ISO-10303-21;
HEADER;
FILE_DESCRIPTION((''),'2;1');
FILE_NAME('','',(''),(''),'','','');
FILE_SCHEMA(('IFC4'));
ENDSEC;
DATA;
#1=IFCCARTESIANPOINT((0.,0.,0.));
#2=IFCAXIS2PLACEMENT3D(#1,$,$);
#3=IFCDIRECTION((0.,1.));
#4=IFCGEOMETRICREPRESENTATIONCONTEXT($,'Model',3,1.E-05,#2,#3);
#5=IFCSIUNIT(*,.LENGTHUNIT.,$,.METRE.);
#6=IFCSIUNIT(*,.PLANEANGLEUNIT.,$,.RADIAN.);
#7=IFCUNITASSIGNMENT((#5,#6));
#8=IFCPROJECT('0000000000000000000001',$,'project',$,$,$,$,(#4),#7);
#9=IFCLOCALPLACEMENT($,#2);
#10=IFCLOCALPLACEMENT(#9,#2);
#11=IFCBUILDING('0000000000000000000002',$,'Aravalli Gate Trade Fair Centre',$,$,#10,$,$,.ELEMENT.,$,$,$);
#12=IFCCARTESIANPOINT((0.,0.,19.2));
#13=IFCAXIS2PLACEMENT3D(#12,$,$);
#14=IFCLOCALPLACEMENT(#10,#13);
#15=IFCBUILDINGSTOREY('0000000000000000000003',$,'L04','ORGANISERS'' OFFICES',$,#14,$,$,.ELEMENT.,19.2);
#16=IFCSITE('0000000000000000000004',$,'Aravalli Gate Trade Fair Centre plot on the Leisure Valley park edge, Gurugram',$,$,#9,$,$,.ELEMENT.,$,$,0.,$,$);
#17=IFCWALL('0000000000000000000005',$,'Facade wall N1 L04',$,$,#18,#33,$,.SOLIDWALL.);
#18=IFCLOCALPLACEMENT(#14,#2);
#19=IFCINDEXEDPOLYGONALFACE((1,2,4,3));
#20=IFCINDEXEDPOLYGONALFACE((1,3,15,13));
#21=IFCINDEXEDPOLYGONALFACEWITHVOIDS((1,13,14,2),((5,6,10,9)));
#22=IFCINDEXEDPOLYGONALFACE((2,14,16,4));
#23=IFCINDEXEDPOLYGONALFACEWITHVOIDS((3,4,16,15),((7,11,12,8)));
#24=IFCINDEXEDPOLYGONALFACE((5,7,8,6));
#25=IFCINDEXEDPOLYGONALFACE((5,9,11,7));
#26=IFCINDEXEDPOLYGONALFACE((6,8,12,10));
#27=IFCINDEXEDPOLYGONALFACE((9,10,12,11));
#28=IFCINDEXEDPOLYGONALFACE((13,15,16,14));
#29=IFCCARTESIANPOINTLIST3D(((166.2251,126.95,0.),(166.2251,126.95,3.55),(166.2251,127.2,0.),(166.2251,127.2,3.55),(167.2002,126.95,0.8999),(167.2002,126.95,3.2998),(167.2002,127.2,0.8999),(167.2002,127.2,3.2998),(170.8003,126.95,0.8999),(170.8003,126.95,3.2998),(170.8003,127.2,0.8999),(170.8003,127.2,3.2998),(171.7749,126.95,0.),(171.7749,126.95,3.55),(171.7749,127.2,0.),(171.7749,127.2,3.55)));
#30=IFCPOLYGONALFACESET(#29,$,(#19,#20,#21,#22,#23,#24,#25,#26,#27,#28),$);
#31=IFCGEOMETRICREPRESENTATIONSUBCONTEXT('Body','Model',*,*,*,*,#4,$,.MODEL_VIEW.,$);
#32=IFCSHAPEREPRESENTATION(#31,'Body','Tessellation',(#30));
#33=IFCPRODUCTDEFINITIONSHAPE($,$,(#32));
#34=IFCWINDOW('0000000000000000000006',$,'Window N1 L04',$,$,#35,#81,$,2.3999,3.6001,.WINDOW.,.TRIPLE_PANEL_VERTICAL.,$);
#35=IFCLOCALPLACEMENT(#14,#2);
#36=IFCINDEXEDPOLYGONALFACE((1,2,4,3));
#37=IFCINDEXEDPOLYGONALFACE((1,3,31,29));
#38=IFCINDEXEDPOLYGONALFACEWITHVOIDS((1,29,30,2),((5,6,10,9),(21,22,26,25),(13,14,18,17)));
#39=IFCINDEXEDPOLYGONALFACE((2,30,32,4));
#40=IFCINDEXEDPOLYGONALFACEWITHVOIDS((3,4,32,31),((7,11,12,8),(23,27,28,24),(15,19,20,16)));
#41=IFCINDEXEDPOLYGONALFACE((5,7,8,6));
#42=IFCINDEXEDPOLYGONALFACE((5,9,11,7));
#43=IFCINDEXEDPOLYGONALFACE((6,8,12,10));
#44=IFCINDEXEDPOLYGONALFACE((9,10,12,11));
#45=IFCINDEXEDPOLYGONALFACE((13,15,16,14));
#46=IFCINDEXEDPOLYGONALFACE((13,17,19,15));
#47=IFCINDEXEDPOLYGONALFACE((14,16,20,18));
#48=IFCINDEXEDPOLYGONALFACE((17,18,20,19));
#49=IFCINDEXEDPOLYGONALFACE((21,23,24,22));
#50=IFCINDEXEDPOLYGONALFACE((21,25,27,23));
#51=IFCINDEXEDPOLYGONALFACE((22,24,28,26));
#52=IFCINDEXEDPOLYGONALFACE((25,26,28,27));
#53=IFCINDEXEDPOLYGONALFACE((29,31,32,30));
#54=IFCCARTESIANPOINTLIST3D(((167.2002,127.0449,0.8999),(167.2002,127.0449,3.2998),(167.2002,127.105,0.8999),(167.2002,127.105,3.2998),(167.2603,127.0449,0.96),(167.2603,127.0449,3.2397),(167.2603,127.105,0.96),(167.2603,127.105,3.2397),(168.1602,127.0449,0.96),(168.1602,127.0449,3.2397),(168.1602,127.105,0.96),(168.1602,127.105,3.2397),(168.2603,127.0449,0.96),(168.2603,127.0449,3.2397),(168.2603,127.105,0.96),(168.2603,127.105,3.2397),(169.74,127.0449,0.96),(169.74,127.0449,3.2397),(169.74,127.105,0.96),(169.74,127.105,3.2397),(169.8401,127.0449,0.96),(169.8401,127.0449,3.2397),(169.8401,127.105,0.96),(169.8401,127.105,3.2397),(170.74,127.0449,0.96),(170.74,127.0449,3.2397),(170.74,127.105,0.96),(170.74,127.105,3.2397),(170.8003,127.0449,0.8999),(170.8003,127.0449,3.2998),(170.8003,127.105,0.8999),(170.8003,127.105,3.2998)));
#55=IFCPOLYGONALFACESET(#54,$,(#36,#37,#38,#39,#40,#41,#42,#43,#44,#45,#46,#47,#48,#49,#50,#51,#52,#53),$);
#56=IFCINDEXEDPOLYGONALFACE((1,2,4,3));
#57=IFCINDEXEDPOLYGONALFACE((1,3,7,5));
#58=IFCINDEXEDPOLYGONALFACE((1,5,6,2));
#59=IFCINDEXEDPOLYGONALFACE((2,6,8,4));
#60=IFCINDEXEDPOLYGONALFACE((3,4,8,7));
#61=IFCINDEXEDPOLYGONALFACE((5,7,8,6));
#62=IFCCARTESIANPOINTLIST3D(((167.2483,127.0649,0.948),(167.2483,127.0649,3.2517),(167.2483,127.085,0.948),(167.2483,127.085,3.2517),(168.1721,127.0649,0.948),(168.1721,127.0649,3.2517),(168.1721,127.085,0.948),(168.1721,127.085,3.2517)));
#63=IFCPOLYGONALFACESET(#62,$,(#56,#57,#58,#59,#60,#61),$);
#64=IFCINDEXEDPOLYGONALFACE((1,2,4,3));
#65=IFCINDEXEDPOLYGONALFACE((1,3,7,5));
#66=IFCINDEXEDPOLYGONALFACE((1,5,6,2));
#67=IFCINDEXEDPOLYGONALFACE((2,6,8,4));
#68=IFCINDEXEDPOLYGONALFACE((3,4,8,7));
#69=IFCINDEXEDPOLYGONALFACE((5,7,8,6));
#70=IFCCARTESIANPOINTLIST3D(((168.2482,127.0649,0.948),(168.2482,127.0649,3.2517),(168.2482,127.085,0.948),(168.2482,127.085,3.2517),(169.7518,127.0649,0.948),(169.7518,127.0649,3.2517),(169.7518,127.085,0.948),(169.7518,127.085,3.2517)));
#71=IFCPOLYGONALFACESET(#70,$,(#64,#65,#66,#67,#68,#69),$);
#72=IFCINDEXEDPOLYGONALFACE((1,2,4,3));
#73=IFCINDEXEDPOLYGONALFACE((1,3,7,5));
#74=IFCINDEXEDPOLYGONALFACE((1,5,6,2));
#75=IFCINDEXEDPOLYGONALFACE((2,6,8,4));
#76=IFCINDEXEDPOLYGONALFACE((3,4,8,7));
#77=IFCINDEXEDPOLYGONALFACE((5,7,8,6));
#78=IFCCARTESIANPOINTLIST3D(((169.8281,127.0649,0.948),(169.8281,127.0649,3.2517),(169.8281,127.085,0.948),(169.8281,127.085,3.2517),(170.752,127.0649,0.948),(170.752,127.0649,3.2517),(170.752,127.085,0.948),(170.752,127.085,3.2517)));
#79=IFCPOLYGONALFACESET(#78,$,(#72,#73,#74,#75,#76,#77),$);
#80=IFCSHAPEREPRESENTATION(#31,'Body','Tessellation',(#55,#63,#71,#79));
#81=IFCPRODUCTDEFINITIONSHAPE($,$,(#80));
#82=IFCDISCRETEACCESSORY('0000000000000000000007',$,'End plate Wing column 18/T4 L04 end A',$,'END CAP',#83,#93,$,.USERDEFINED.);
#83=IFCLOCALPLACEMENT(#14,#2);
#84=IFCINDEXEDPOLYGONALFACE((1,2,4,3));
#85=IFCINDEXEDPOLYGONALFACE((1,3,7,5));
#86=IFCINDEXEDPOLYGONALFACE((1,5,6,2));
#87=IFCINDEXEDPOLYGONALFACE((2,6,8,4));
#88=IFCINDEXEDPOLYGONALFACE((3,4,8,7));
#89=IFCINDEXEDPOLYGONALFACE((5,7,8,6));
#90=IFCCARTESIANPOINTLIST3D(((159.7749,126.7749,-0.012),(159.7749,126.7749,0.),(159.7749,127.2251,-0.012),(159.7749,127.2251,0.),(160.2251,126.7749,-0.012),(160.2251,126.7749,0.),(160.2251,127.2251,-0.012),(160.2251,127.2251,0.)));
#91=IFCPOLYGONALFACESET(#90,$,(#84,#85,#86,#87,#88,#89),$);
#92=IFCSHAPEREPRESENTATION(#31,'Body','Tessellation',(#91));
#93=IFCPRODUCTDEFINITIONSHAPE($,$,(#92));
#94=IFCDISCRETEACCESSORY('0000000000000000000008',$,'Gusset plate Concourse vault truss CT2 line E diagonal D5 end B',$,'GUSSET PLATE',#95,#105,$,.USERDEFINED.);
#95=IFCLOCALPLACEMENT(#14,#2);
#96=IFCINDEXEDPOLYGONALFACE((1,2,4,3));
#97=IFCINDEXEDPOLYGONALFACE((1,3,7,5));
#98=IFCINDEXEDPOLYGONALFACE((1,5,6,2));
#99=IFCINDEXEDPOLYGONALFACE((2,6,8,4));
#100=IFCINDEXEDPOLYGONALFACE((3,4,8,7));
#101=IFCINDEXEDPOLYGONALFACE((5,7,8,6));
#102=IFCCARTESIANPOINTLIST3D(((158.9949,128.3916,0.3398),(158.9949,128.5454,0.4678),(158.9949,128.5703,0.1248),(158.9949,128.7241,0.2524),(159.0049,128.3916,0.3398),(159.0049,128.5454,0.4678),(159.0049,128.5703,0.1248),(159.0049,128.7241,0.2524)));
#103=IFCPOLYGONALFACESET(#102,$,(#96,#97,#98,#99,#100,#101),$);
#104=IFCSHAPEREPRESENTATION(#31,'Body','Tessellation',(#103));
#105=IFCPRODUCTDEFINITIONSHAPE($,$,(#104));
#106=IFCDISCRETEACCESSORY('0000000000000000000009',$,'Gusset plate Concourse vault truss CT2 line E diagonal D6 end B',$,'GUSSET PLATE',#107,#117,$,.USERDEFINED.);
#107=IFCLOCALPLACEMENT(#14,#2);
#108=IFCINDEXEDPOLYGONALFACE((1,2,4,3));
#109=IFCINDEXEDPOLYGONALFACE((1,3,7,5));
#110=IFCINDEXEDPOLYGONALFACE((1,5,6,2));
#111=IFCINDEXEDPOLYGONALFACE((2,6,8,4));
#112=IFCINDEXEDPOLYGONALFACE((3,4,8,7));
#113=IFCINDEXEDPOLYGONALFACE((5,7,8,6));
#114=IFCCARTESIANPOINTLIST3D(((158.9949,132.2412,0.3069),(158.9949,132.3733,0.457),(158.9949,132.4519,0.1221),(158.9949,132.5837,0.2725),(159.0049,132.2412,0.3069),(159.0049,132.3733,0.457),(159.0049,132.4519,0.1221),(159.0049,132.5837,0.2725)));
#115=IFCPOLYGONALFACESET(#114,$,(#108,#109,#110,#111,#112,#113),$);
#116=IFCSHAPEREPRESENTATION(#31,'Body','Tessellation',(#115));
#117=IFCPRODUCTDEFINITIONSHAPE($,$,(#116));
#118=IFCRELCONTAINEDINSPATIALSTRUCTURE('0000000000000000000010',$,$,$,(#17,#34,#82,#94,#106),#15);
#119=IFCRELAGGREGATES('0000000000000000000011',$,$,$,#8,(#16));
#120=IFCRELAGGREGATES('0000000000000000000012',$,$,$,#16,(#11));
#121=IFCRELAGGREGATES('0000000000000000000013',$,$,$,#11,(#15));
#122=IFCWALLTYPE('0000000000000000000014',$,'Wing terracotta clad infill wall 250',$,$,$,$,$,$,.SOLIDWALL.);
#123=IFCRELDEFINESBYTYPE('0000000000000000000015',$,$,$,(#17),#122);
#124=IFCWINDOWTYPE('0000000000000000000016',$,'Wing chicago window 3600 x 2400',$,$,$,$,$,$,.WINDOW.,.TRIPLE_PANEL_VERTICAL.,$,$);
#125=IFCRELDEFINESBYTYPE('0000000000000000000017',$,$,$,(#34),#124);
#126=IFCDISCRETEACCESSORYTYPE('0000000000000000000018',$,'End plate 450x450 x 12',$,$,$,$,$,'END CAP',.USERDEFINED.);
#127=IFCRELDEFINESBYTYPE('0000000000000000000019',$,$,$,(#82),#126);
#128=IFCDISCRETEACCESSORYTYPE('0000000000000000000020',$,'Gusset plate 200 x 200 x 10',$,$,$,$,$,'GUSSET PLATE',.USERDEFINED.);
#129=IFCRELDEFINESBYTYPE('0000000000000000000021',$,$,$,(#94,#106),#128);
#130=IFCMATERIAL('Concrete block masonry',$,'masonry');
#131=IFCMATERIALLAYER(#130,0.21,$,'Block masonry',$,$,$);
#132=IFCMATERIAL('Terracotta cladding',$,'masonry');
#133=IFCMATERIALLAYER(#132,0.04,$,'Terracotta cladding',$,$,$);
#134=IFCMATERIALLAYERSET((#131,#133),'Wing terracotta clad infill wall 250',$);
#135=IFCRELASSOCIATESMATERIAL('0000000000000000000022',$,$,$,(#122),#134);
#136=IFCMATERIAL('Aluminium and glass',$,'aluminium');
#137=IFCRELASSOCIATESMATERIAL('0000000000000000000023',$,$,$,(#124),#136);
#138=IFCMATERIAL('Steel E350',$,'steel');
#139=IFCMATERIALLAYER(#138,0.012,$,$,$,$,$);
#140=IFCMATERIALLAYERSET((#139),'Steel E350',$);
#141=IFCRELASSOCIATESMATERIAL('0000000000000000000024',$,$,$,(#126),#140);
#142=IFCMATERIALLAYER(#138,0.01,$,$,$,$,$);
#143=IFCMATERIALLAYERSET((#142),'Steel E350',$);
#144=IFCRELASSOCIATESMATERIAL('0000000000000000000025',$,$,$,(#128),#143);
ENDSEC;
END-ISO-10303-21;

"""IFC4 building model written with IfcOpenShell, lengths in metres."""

from ifc_helpers import new_model, si_unit, direction, frame, frame_2d, origin, place, context, subcontext, project, spatial, polyline, rectangle, outline, extrude, material, layer, layer_set, type_object, element, fill, save


model = new_model("IFC4")

# Units and contexts
model_context = context("Model", 3, precision=1e-05, world=origin(), true_north=direction((0.0, 1.0)))
body_context = subcontext(model_context, "Body", "Model", "MODEL_VIEW")
ifc_project = project(units=[si_unit("LENGTHUNIT", "METRE"), si_unit("PLANEANGLEUNIT", "RADIAN")], contexts=[model_context])

# Site, building, storey
site_placement = place(None, origin())
site = spatial("IfcSite", under=ifc_project, at=site_placement, Name="Aravalli Gate Trade Fair Centre plot on the Leisure Valley park edge, Gurugram", CompositionType="ELEMENT", RefElevation=0.0)
building_placement = place(site_placement, origin())
building = spatial("IfcBuilding", under=site, at=building_placement, Name="Aravalli Gate Trade Fair Centre", CompositionType="ELEMENT")
storey_placement = place(building_placement, frame((0.0, 0.0, 19.2)))
storey = spatial("IfcBuildingStorey", under=building, at=storey_placement, Name="L04", Description="ORGANISERS' OFFICES", CompositionType="ELEMENT", Elevation=19.2)

# Shared definitions
ifc_material_1 = material(Name="Steel E350", Category="steel")

# Shared definitions
ifc_material_2 = material(Name="Aluminium and glass", Category="aluminium")

# Wall, opening, window
ifc_material_3 = material(Name="Concrete block masonry", Category="masonry")
ifc_layer_1 = layer(ifc_material_3, 0.21, Name="Block masonry")
ifc_material_4 = material(Name="Terracotta cladding", Category="masonry")
ifc_layer_2 = layer(ifc_material_4, 0.04, Name="Terracotta cladding")
ifc_layer_set_1 = layer_set([ifc_layer_1, ifc_layer_2], Name="Wing terracotta clad infill wall 250")
wall_type = type_object("IfcWallType", Name="Wing terracotta clad infill wall 250", PredefinedType="SOLIDWALL", material=ifc_layer_set_1)
window_type = type_object("IfcWindowType", Name="Wing chicago window 3600 x 2400", PartitioningType="TRIPLE_PANEL_VERTICAL", PredefinedType="WINDOW", material=ifc_material_2)
wall_1_placement = place(storey_placement, frame((166.2251, 127.075, 0.0), z_axis=(0.0, 0.0, 1.0), x_axis=(1.0, 0.0, 0.0)))
wall_1 = element("IfcWall", 1, at=wall_1_placement, inside=storey, type_object=wall_type, Name="Facade wall N1 L04", PredefinedType="SOLIDWALL", context=body_context, shape_type="SweptSolid", body=[
    extrude(rectangle(XDim=5.5498, YDim=0.25, at=frame_2d((2.7749, 0.0))), origin(), (0.0, 0.0, 1.0), 3.55),
])
opening_1_placement = place(wall_1_placement, frame((0.9751, 0.0, 0.8999)))
opening_1 = element("IfcOpeningElement", 2, at=opening_1_placement, cuts=wall_1, PredefinedType="OPENING", context=body_context, shape_type="SweptSolid", body=[
    extrude(rectangle(XDim=3.6001, YDim=2.3999, at=frame_2d((1.8, 1.2))), frame((0.0, 0.135, 0.0), z_axis=(0.0, -1.0, 0.0), x_axis=(1.0, 0.0, 0.0)), (0.0, 0.0, 1.0), 0.27),
])
window_1_placement = place(opening_1_placement, origin())
window_1 = element("IfcWindow", 3, at=window_1_placement, inside=storey, type_object=window_type, Name="Window N1 L04", OverallHeight=2.3999, OverallWidth=3.6001, PartitioningType="TRIPLE_PANEL_VERTICAL", PredefinedType="WINDOW", context=body_context, shape_type="SweptSolid", body=[
    extrude(outline(polyline([(0.0, 0.0), (3.6001, 0.0), (3.6001, 2.3999), (0.0, 2.3999), (0.0, 0.0)]), holes=[polyline([(0.0601, 0.0601), (0.96, 0.0601), (0.96, 2.3398), (0.0601, 2.3398), (0.0601, 0.0601)]), polyline([(1.0601, 0.0601), (2.5398, 0.0601), (2.5398, 2.3398), (1.0601, 2.3398), (1.0601, 0.0601)]), polyline([(2.6399, 0.0601), (3.5398, 0.0601), (3.5398, 2.3398), (2.6399, 2.3398), (2.6399, 0.0601)])]), frame((0.0, 0.03, 0.0), z_axis=(0.0, -1.0, 0.0), x_axis=(1.0, 0.0, 0.0)), (0.0, 0.0, 1.0), 0.0601),
    extrude(rectangle(XDim=0.9238, YDim=2.3037, at=frame_2d((0.51, 1.2))), frame((0.0, 0.01, 0.0), z_axis=(0.0, -1.0, 0.0), x_axis=(1.0, 0.0, 0.0)), (0.0, 0.0, 1.0), 0.02),
    extrude(rectangle(XDim=1.5037, YDim=2.3037, at=frame_2d((1.7998, 1.2))), frame((0.0, 0.01, 0.0), z_axis=(0.0, -1.0, 0.0), x_axis=(1.0, 0.0, 0.0)), (0.0, 0.0, 1.0), 0.02),
    extrude(rectangle(XDim=0.9238, YDim=2.3037, at=frame_2d((3.0898, 1.2))), frame((0.0, 0.01, 0.0), z_axis=(0.0, -1.0, 0.0), x_axis=(1.0, 0.0, 0.0)), (0.0, 0.0, 1.0), 0.02),
])
fill(opening_1, window_1)

# Discrete accessories
ifc_layer_3 = layer(ifc_material_1, 0.012)
ifc_layer_set_2 = layer_set([ifc_layer_3], Name="Steel E350")
discrete_accessory_type_1 = type_object("IfcDiscreteAccessoryType", Name="End plate 450x450 x 12", ElementType="END CAP", PredefinedType="USERDEFINED", material=ifc_layer_set_2)
discrete_accessory_1_placement = place(storey_placement, frame((159.7749, 126.7749, 0.0), z_axis=(0.0, 0.0, 1.0), x_axis=(1.0, 0.0, 0.0)))
element("IfcDiscreteAccessory", 4, at=discrete_accessory_1_placement, inside=storey, type_object=discrete_accessory_type_1, Name="End plate Wing column 18/T4 L04 end A", ObjectType="END CAP", PredefinedType="USERDEFINED", context=body_context, shape_type="SweptSolid", body=[
    extrude(outline(polyline([(0.0, 0.0), (0.4502, 0.0), (0.4502, 0.4502), (0.0, 0.4502), (0.0, 0.0)])), origin(), (0.0, 0.0, -1.0), 0.012),
])
ifc_layer_4 = layer(ifc_material_1, 0.01)
ifc_layer_set_3 = layer_set([ifc_layer_4], Name="Steel E350")
discrete_accessory_type_2 = type_object("IfcDiscreteAccessoryType", Name="Gusset plate 200 x 200 x 10", ElementType="GUSSET PLATE", PredefinedType="USERDEFINED", material=ifc_layer_set_3)
discrete_accessory_2_placement = place(storey_placement, frame((159.0049, 128.3916, 0.3398), z_axis=(1.0, 0.0, 0.0), x_axis=(0.0, 0.639067, -0.769151)))
element("IfcDiscreteAccessory", 5, at=discrete_accessory_2_placement, inside=storey, type_object=discrete_accessory_type_2, Name="Gusset plate Concourse vault truss CT2 line E diagonal D5 end B", ObjectType="GUSSET PLATE", PredefinedType="USERDEFINED", context=body_context, shape_type="SweptSolid", body=[
    extrude(outline(polyline([(0.0, 0.0), (0.2796, 0.0), (0.2797, 0.1999), (-0.0001, 0.2001), (0.0, 0.0)])), origin(), (0.0, 0.0, -1.0), 0.01),
])
discrete_accessory_3_placement = place(storey_placement, frame((159.0049, 132.2412, 0.3069), z_axis=(1.0, 0.0, 0.0), x_axis=(0.0, 0.751767, -0.659429)))
element("IfcDiscreteAccessory", 6, at=discrete_accessory_3_placement, inside=storey, type_object=discrete_accessory_type_2, Name="Gusset plate Concourse vault truss CT2 line E diagonal D6 end B", ObjectType="GUSSET PLATE", PredefinedType="USERDEFINED", context=body_context, shape_type="SweptSolid", body=[
    extrude(outline(polyline([(0.0, 0.0), (0.2803, 0.0), (0.2802, 0.2), (0.0003, 0.2), (0.0, 0.0)])), origin(), (0.0, 0.0, -1.0), 0.01),
])

save(model, "model.ifc")
